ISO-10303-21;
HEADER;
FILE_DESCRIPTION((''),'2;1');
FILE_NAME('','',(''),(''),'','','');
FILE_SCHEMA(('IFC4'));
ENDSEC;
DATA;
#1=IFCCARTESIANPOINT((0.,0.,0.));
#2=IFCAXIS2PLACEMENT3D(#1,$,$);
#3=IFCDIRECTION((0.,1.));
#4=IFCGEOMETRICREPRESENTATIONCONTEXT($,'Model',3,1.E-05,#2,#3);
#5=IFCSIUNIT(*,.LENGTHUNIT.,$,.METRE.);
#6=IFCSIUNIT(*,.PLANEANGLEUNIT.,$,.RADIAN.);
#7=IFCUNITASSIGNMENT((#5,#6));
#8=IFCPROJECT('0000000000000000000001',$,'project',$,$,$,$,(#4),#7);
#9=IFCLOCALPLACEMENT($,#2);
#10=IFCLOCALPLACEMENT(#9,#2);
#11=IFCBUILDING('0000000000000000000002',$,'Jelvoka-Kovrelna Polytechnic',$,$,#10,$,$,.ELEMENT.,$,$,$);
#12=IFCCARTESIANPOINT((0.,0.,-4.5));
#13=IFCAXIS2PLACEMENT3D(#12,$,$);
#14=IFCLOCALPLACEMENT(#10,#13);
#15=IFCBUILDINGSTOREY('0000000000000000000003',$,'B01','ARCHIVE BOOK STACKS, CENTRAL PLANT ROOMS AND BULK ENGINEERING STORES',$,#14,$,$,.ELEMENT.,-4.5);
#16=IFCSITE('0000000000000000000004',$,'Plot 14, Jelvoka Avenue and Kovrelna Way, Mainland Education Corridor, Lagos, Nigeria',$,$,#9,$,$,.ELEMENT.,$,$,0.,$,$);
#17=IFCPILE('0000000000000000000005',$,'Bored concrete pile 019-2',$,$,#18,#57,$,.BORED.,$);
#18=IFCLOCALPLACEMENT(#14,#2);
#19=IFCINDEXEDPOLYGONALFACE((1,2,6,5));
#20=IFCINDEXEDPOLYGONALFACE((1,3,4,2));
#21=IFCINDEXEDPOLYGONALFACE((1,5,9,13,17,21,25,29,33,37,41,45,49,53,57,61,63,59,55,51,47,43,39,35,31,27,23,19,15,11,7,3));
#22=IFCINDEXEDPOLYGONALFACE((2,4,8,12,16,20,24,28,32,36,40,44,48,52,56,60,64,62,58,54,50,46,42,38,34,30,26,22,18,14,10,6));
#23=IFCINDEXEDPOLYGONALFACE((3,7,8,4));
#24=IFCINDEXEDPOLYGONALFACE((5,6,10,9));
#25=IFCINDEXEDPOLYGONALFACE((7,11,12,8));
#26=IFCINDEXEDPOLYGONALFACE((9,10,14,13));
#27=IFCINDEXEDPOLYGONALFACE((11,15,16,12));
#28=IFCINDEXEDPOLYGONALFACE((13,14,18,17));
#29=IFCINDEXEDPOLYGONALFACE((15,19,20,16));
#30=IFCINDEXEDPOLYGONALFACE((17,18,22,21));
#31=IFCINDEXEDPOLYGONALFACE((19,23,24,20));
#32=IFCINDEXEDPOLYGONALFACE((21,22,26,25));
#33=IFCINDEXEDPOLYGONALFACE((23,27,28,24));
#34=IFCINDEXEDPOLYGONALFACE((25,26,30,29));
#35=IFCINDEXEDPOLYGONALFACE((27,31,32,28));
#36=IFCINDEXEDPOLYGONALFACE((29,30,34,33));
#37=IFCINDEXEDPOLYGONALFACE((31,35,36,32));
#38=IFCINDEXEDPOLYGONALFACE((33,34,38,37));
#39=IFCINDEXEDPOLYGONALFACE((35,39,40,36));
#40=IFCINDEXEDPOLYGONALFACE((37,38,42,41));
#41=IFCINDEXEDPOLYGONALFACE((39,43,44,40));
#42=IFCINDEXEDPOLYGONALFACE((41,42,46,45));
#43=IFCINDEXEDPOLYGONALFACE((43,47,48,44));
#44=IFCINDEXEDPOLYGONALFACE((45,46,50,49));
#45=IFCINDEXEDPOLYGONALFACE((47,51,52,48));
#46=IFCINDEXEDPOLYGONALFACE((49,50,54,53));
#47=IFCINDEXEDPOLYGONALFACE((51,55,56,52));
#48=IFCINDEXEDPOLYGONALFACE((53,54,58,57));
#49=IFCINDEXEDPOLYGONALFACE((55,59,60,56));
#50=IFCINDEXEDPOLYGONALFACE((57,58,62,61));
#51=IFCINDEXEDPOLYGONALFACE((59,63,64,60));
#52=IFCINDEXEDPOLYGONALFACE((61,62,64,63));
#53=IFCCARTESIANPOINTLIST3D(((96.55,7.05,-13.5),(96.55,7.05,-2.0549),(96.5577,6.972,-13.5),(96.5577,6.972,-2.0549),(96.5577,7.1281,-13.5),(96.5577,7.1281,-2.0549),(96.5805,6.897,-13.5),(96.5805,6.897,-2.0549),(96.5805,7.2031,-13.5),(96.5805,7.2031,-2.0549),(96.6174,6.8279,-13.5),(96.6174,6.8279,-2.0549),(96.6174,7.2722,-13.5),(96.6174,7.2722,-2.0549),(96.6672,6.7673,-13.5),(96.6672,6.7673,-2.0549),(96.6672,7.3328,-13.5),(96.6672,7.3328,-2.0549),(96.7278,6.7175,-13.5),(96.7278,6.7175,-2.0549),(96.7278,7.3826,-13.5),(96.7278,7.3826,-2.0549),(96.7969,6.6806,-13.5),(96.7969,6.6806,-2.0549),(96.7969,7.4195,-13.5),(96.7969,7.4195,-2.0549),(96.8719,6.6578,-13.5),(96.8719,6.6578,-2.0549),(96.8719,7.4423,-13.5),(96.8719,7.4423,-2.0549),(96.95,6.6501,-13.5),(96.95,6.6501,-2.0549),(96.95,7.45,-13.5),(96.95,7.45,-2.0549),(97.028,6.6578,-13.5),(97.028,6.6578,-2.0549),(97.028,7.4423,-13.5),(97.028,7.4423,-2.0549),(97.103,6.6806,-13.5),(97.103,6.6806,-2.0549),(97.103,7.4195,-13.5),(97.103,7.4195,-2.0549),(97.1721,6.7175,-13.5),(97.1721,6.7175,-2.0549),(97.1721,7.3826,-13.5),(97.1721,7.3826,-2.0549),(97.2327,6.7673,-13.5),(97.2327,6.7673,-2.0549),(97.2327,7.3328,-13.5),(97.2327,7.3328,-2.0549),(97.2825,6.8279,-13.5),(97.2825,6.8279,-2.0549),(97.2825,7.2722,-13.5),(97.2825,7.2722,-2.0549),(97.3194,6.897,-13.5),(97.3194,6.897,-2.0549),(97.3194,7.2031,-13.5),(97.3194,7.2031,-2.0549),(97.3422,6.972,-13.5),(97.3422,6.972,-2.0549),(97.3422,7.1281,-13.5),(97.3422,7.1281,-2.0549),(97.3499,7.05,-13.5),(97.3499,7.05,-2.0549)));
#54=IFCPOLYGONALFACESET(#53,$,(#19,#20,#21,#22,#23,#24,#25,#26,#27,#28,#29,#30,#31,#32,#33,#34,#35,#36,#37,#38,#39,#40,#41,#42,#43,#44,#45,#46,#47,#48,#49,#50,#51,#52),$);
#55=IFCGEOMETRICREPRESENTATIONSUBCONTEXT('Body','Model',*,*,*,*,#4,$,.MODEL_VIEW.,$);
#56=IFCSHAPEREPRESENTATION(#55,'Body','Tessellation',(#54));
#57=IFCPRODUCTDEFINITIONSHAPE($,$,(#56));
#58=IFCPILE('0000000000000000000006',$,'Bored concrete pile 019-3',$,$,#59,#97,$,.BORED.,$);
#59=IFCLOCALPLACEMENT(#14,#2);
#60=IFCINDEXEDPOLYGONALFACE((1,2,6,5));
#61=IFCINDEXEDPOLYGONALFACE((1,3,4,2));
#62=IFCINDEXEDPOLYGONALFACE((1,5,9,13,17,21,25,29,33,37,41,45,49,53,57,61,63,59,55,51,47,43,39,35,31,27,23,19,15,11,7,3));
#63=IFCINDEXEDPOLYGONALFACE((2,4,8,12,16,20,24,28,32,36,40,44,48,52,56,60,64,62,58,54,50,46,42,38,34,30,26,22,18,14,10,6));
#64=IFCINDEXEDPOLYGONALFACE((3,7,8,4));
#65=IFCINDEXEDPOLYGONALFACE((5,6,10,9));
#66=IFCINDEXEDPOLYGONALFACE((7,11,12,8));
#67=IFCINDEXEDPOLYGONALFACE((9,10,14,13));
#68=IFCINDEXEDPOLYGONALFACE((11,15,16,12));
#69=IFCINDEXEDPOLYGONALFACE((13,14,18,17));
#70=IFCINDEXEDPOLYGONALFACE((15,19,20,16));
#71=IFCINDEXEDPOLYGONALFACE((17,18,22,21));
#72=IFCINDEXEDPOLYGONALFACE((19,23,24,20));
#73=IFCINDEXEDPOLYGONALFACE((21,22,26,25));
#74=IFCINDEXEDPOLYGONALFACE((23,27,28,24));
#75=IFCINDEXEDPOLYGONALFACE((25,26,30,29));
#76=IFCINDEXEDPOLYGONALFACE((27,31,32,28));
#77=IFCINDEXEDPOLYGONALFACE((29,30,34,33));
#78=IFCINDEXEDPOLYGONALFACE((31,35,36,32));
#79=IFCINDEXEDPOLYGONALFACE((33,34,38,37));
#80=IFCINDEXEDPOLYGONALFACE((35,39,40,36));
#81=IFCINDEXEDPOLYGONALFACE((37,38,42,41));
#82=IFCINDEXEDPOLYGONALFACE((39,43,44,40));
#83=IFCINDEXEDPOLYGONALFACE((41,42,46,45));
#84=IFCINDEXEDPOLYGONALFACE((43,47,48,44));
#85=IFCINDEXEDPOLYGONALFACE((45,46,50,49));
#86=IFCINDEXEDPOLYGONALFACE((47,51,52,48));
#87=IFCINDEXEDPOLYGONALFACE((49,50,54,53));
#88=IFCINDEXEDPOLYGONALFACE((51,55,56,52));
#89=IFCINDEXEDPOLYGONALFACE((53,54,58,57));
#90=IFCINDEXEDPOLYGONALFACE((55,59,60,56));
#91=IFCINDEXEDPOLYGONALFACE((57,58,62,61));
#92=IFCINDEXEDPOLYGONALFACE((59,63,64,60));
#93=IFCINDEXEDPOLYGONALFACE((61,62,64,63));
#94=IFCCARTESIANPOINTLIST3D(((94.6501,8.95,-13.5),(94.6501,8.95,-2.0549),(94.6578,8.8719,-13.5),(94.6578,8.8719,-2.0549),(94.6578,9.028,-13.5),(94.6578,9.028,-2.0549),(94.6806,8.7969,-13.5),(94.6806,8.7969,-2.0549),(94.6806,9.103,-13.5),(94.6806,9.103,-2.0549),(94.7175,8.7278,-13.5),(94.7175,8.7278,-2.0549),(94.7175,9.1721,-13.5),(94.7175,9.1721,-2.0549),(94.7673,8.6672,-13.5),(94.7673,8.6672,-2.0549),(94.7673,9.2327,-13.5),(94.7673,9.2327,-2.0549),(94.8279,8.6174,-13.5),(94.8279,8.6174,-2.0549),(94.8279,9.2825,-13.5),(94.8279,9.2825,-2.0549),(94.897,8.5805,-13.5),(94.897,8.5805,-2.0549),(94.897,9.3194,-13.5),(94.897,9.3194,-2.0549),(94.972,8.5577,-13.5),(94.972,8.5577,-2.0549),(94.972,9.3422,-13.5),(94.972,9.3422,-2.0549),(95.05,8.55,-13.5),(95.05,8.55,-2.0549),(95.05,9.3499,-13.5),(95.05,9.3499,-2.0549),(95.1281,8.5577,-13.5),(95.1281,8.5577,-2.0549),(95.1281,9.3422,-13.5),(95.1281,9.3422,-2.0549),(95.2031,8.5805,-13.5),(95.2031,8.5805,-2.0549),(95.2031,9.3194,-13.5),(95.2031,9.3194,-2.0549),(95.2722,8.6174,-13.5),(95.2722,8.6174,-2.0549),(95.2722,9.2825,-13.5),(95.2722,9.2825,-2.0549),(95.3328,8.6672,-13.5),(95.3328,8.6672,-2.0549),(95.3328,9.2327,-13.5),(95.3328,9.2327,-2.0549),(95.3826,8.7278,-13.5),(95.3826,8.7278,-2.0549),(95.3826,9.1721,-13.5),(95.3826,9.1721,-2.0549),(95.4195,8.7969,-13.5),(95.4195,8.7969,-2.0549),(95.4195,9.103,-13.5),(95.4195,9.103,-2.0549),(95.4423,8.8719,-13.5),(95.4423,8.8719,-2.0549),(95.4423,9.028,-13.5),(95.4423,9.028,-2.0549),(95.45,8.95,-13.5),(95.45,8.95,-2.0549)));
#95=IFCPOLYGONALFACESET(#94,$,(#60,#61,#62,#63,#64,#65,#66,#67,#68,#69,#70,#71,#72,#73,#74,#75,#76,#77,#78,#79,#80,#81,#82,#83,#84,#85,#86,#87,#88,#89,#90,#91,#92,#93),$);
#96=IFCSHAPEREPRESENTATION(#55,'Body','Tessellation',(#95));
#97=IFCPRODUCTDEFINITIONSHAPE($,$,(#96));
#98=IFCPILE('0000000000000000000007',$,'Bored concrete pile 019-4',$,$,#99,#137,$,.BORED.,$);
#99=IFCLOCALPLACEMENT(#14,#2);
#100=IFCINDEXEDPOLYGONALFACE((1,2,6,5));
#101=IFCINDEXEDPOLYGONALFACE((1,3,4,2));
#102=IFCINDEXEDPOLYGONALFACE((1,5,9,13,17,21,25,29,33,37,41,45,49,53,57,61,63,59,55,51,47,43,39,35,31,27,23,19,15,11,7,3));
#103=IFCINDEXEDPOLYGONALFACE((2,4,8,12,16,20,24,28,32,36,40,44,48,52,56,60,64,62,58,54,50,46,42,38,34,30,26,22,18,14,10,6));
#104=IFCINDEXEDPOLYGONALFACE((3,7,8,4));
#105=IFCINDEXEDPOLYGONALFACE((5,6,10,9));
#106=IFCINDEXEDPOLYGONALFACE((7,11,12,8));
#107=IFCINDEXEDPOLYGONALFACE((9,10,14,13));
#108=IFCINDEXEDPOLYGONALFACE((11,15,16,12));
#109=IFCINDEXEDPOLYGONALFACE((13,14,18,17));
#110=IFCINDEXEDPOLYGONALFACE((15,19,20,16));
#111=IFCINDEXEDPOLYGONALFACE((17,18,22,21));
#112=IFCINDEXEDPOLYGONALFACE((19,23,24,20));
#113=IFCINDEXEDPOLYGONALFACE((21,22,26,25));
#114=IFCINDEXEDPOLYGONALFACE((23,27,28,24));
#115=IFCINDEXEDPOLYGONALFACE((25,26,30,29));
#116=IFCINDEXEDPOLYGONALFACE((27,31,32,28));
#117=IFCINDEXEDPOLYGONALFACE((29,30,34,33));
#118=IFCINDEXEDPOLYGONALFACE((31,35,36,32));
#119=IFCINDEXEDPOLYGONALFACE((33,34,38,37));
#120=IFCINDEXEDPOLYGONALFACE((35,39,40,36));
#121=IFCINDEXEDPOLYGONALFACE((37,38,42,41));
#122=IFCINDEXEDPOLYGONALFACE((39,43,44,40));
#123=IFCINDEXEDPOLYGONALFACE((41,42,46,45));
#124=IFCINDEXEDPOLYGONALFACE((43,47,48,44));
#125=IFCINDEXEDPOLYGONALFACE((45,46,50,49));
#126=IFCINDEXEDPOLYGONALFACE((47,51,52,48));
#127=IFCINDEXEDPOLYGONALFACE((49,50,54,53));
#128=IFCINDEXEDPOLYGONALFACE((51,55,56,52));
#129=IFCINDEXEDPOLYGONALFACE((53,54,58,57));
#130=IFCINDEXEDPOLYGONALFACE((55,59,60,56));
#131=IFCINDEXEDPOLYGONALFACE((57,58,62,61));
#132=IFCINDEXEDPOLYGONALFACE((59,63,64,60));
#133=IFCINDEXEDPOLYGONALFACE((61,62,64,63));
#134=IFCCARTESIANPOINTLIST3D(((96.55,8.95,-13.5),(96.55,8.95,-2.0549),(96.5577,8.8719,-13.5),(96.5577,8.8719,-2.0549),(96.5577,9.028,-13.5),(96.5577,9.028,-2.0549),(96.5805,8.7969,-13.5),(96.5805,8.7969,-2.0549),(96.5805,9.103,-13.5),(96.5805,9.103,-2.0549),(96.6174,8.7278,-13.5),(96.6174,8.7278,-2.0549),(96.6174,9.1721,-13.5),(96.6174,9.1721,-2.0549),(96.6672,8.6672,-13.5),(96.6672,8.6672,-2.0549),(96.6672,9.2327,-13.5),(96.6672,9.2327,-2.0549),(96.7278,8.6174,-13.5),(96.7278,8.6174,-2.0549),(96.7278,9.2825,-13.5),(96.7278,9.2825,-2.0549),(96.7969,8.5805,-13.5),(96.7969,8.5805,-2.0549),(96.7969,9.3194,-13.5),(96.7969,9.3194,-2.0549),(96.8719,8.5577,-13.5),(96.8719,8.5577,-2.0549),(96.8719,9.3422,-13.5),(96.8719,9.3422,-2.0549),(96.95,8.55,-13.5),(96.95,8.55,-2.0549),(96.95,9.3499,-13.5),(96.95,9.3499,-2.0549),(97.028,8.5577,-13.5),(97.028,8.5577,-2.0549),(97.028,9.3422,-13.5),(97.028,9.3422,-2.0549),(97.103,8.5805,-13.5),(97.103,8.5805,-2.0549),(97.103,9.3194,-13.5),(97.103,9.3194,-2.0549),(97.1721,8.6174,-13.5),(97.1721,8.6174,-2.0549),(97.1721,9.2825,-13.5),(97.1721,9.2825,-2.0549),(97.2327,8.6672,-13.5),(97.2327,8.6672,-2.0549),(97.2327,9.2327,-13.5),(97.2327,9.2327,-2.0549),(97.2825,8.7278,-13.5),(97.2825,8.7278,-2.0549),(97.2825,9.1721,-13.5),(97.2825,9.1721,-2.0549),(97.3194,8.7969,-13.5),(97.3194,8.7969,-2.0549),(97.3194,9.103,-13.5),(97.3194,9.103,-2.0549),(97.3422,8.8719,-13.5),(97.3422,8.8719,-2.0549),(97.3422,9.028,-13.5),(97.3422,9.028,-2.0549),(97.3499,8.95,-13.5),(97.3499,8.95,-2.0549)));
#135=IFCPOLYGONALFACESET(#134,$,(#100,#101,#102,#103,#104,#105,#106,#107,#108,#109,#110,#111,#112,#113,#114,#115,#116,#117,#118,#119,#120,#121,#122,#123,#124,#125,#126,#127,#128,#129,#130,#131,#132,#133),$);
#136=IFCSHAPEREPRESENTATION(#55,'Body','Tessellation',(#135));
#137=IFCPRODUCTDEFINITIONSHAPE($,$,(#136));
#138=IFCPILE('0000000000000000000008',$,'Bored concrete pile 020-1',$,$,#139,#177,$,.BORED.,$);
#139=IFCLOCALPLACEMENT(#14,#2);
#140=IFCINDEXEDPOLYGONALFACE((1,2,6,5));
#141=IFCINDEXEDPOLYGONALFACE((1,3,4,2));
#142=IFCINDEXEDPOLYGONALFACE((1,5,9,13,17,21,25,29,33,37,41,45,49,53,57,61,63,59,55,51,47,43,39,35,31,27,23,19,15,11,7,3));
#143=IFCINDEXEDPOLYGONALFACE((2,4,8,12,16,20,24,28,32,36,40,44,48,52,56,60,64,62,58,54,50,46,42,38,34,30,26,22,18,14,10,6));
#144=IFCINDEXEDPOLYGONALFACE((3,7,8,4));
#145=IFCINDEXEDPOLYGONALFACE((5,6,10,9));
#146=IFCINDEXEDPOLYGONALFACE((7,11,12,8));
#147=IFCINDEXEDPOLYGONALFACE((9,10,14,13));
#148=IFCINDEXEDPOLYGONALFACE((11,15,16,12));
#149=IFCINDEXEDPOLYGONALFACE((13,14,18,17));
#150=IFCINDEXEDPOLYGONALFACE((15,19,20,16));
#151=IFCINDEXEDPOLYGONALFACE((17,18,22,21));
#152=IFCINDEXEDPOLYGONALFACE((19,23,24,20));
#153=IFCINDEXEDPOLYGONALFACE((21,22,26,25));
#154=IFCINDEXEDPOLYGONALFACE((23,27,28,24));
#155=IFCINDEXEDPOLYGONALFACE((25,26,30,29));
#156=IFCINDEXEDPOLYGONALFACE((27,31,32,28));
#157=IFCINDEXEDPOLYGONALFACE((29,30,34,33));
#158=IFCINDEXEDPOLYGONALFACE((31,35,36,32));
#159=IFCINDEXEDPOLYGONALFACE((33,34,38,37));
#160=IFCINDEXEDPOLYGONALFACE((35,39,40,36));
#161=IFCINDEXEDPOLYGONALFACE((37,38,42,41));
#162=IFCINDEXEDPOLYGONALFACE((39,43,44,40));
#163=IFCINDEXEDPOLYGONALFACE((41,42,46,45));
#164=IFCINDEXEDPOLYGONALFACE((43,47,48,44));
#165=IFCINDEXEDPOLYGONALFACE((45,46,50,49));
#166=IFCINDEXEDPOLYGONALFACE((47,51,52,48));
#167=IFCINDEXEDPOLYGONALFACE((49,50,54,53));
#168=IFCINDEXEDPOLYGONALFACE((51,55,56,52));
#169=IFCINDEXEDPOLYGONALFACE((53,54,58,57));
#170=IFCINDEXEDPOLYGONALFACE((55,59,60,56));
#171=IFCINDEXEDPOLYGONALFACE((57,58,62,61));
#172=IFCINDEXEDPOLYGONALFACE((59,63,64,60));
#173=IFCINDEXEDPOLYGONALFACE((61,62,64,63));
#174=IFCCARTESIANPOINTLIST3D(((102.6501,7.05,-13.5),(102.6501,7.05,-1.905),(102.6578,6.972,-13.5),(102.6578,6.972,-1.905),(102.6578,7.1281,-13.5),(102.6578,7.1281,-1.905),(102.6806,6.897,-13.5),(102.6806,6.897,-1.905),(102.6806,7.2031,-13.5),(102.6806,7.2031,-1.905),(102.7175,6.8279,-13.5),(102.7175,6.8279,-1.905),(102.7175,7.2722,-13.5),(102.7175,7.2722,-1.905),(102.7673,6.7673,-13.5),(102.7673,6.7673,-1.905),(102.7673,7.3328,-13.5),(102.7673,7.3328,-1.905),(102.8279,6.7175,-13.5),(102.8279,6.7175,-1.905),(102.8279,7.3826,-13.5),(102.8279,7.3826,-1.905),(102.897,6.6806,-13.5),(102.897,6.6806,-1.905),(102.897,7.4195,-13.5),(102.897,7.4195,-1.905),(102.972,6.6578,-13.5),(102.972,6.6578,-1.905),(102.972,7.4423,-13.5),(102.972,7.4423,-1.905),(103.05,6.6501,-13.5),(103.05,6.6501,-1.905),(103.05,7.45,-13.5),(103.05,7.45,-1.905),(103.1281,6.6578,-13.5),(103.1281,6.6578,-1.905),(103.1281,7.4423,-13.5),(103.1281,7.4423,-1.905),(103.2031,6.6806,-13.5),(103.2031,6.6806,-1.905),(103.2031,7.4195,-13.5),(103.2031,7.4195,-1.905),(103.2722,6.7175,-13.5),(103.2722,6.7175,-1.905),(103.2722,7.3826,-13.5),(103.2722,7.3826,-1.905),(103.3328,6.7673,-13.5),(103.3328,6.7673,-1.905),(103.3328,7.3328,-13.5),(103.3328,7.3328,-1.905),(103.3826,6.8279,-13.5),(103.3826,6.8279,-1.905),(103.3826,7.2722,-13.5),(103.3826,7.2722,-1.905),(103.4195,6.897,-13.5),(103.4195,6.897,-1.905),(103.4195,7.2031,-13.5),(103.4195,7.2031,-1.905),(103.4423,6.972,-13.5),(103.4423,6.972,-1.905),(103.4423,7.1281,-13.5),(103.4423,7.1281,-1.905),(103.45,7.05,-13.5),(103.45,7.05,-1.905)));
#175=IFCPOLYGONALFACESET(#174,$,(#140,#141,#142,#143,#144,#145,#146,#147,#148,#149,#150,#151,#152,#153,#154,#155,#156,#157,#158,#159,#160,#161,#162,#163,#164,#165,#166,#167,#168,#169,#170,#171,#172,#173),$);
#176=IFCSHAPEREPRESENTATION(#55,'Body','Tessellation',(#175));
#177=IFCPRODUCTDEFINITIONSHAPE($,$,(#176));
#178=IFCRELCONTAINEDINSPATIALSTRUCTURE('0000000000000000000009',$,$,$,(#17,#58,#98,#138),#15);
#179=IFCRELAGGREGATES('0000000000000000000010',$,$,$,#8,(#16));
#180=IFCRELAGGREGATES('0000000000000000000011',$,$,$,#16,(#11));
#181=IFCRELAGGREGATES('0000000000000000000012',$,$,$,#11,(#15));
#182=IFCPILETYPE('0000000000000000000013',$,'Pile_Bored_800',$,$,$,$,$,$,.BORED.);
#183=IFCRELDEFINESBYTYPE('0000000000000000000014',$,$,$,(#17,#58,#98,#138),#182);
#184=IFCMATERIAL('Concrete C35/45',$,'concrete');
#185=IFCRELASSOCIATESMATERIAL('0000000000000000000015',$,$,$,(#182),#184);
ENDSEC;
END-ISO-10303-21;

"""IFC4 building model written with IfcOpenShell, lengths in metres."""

from ifc_helpers import new_model, si_unit, direction, frame, origin, origin_2d, place, context, subcontext, project, spatial, circle, extrude, material, material_profile, profile_set, type_object, element, save


model = new_model("IFC4")

# Units and contexts
model_context = context("Model", 3, precision=1e-05, world=origin(), true_north=direction((0.0, 1.0)))
body_context = subcontext(model_context, "Body", "Model", "MODEL_VIEW")
ifc_project = project(units=[si_unit("LENGTHUNIT", "METRE"), si_unit("PLANEANGLEUNIT", "RADIAN")], contexts=[model_context])

# Site, building, storey
site_placement = place(None, origin())
site = spatial("IfcSite", under=ifc_project, at=site_placement, Name="Plot 14, Jelvoka Avenue and Kovrelna Way, Mainland Education Corridor, Lagos, Nigeria", CompositionType="ELEMENT", RefElevation=0.0)
building_placement = place(site_placement, origin())
building = spatial("IfcBuilding", under=site, at=building_placement, Name="Jelvoka-Kovrelna Polytechnic", CompositionType="ELEMENT")
storey_placement = place(building_placement, frame((0.0, 0.0, -4.5)))
storey = spatial("IfcBuildingStorey", under=building, at=storey_placement, Name="B01", Description="ARCHIVE BOOK STACKS, CENTRAL PLANT ROOMS AND BULK ENGINEERING STORES", CompositionType="ELEMENT", Elevation=-4.5)

# Piles
ifc_material_1 = material(Name="Concrete C35/45", Category="concrete")
ifc_material_profile_1 = material_profile(ifc_material_1, circle(Radius=0.3999, at=origin_2d()), Name="PILE D800")
ifc_profile_set_1 = profile_set([ifc_material_profile_1], Name="Concrete C35/45")
pile_type = type_object("IfcPileType", Name="Pile_Bored_800", PredefinedType="BORED", material=ifc_profile_set_1)
for number, where, z_axis, x_axis, name in (
    (1, (96.95, 7.05, -2.0549), (0.0, 0.0, -1.0), (1.0, 0.0, 0.0), "Bored concrete pile 019-2"),
    (2, (95.05, 8.95, -2.0549), (0.0, 0.0, -1.0), (1.0, 0.0, 0.0), "Bored concrete pile 019-3"),
    (3, (96.95, 8.95, -2.0549), (0.0, 0.0, -1.0), (1.0, 0.0, 0.0), "Bored concrete pile 019-4"),
):
    element("IfcPile", number, at=place(storey_placement, frame(where, z_axis=z_axis, x_axis=x_axis)), inside=storey, type_object=pile_type, Name=name, PredefinedType="BORED", context=body_context, shape_type="SweptSolid", body=[
        extrude(circle(Radius=0.3999, at=origin_2d()), origin(), (0.0, 0.0, 1.0), 11.4451),
    ])
for number, where, z_axis, x_axis, name in (
    (4, (103.05, 7.05, -1.905), (0.0, 0.0, -1.0), (1.0, 0.0, 0.0), "Bored concrete pile 020-1"),
):
    element("IfcPile", number, at=place(storey_placement, frame(where, z_axis=z_axis, x_axis=x_axis)), inside=storey, type_object=pile_type, Name=name, PredefinedType="BORED", context=body_context, shape_type="SweptSolid", body=[
        extrude(circle(Radius=0.3999, at=origin_2d()), origin(), (0.0, 0.0, 1.0), 11.595),
    ])

save(model, "model.ifc")
